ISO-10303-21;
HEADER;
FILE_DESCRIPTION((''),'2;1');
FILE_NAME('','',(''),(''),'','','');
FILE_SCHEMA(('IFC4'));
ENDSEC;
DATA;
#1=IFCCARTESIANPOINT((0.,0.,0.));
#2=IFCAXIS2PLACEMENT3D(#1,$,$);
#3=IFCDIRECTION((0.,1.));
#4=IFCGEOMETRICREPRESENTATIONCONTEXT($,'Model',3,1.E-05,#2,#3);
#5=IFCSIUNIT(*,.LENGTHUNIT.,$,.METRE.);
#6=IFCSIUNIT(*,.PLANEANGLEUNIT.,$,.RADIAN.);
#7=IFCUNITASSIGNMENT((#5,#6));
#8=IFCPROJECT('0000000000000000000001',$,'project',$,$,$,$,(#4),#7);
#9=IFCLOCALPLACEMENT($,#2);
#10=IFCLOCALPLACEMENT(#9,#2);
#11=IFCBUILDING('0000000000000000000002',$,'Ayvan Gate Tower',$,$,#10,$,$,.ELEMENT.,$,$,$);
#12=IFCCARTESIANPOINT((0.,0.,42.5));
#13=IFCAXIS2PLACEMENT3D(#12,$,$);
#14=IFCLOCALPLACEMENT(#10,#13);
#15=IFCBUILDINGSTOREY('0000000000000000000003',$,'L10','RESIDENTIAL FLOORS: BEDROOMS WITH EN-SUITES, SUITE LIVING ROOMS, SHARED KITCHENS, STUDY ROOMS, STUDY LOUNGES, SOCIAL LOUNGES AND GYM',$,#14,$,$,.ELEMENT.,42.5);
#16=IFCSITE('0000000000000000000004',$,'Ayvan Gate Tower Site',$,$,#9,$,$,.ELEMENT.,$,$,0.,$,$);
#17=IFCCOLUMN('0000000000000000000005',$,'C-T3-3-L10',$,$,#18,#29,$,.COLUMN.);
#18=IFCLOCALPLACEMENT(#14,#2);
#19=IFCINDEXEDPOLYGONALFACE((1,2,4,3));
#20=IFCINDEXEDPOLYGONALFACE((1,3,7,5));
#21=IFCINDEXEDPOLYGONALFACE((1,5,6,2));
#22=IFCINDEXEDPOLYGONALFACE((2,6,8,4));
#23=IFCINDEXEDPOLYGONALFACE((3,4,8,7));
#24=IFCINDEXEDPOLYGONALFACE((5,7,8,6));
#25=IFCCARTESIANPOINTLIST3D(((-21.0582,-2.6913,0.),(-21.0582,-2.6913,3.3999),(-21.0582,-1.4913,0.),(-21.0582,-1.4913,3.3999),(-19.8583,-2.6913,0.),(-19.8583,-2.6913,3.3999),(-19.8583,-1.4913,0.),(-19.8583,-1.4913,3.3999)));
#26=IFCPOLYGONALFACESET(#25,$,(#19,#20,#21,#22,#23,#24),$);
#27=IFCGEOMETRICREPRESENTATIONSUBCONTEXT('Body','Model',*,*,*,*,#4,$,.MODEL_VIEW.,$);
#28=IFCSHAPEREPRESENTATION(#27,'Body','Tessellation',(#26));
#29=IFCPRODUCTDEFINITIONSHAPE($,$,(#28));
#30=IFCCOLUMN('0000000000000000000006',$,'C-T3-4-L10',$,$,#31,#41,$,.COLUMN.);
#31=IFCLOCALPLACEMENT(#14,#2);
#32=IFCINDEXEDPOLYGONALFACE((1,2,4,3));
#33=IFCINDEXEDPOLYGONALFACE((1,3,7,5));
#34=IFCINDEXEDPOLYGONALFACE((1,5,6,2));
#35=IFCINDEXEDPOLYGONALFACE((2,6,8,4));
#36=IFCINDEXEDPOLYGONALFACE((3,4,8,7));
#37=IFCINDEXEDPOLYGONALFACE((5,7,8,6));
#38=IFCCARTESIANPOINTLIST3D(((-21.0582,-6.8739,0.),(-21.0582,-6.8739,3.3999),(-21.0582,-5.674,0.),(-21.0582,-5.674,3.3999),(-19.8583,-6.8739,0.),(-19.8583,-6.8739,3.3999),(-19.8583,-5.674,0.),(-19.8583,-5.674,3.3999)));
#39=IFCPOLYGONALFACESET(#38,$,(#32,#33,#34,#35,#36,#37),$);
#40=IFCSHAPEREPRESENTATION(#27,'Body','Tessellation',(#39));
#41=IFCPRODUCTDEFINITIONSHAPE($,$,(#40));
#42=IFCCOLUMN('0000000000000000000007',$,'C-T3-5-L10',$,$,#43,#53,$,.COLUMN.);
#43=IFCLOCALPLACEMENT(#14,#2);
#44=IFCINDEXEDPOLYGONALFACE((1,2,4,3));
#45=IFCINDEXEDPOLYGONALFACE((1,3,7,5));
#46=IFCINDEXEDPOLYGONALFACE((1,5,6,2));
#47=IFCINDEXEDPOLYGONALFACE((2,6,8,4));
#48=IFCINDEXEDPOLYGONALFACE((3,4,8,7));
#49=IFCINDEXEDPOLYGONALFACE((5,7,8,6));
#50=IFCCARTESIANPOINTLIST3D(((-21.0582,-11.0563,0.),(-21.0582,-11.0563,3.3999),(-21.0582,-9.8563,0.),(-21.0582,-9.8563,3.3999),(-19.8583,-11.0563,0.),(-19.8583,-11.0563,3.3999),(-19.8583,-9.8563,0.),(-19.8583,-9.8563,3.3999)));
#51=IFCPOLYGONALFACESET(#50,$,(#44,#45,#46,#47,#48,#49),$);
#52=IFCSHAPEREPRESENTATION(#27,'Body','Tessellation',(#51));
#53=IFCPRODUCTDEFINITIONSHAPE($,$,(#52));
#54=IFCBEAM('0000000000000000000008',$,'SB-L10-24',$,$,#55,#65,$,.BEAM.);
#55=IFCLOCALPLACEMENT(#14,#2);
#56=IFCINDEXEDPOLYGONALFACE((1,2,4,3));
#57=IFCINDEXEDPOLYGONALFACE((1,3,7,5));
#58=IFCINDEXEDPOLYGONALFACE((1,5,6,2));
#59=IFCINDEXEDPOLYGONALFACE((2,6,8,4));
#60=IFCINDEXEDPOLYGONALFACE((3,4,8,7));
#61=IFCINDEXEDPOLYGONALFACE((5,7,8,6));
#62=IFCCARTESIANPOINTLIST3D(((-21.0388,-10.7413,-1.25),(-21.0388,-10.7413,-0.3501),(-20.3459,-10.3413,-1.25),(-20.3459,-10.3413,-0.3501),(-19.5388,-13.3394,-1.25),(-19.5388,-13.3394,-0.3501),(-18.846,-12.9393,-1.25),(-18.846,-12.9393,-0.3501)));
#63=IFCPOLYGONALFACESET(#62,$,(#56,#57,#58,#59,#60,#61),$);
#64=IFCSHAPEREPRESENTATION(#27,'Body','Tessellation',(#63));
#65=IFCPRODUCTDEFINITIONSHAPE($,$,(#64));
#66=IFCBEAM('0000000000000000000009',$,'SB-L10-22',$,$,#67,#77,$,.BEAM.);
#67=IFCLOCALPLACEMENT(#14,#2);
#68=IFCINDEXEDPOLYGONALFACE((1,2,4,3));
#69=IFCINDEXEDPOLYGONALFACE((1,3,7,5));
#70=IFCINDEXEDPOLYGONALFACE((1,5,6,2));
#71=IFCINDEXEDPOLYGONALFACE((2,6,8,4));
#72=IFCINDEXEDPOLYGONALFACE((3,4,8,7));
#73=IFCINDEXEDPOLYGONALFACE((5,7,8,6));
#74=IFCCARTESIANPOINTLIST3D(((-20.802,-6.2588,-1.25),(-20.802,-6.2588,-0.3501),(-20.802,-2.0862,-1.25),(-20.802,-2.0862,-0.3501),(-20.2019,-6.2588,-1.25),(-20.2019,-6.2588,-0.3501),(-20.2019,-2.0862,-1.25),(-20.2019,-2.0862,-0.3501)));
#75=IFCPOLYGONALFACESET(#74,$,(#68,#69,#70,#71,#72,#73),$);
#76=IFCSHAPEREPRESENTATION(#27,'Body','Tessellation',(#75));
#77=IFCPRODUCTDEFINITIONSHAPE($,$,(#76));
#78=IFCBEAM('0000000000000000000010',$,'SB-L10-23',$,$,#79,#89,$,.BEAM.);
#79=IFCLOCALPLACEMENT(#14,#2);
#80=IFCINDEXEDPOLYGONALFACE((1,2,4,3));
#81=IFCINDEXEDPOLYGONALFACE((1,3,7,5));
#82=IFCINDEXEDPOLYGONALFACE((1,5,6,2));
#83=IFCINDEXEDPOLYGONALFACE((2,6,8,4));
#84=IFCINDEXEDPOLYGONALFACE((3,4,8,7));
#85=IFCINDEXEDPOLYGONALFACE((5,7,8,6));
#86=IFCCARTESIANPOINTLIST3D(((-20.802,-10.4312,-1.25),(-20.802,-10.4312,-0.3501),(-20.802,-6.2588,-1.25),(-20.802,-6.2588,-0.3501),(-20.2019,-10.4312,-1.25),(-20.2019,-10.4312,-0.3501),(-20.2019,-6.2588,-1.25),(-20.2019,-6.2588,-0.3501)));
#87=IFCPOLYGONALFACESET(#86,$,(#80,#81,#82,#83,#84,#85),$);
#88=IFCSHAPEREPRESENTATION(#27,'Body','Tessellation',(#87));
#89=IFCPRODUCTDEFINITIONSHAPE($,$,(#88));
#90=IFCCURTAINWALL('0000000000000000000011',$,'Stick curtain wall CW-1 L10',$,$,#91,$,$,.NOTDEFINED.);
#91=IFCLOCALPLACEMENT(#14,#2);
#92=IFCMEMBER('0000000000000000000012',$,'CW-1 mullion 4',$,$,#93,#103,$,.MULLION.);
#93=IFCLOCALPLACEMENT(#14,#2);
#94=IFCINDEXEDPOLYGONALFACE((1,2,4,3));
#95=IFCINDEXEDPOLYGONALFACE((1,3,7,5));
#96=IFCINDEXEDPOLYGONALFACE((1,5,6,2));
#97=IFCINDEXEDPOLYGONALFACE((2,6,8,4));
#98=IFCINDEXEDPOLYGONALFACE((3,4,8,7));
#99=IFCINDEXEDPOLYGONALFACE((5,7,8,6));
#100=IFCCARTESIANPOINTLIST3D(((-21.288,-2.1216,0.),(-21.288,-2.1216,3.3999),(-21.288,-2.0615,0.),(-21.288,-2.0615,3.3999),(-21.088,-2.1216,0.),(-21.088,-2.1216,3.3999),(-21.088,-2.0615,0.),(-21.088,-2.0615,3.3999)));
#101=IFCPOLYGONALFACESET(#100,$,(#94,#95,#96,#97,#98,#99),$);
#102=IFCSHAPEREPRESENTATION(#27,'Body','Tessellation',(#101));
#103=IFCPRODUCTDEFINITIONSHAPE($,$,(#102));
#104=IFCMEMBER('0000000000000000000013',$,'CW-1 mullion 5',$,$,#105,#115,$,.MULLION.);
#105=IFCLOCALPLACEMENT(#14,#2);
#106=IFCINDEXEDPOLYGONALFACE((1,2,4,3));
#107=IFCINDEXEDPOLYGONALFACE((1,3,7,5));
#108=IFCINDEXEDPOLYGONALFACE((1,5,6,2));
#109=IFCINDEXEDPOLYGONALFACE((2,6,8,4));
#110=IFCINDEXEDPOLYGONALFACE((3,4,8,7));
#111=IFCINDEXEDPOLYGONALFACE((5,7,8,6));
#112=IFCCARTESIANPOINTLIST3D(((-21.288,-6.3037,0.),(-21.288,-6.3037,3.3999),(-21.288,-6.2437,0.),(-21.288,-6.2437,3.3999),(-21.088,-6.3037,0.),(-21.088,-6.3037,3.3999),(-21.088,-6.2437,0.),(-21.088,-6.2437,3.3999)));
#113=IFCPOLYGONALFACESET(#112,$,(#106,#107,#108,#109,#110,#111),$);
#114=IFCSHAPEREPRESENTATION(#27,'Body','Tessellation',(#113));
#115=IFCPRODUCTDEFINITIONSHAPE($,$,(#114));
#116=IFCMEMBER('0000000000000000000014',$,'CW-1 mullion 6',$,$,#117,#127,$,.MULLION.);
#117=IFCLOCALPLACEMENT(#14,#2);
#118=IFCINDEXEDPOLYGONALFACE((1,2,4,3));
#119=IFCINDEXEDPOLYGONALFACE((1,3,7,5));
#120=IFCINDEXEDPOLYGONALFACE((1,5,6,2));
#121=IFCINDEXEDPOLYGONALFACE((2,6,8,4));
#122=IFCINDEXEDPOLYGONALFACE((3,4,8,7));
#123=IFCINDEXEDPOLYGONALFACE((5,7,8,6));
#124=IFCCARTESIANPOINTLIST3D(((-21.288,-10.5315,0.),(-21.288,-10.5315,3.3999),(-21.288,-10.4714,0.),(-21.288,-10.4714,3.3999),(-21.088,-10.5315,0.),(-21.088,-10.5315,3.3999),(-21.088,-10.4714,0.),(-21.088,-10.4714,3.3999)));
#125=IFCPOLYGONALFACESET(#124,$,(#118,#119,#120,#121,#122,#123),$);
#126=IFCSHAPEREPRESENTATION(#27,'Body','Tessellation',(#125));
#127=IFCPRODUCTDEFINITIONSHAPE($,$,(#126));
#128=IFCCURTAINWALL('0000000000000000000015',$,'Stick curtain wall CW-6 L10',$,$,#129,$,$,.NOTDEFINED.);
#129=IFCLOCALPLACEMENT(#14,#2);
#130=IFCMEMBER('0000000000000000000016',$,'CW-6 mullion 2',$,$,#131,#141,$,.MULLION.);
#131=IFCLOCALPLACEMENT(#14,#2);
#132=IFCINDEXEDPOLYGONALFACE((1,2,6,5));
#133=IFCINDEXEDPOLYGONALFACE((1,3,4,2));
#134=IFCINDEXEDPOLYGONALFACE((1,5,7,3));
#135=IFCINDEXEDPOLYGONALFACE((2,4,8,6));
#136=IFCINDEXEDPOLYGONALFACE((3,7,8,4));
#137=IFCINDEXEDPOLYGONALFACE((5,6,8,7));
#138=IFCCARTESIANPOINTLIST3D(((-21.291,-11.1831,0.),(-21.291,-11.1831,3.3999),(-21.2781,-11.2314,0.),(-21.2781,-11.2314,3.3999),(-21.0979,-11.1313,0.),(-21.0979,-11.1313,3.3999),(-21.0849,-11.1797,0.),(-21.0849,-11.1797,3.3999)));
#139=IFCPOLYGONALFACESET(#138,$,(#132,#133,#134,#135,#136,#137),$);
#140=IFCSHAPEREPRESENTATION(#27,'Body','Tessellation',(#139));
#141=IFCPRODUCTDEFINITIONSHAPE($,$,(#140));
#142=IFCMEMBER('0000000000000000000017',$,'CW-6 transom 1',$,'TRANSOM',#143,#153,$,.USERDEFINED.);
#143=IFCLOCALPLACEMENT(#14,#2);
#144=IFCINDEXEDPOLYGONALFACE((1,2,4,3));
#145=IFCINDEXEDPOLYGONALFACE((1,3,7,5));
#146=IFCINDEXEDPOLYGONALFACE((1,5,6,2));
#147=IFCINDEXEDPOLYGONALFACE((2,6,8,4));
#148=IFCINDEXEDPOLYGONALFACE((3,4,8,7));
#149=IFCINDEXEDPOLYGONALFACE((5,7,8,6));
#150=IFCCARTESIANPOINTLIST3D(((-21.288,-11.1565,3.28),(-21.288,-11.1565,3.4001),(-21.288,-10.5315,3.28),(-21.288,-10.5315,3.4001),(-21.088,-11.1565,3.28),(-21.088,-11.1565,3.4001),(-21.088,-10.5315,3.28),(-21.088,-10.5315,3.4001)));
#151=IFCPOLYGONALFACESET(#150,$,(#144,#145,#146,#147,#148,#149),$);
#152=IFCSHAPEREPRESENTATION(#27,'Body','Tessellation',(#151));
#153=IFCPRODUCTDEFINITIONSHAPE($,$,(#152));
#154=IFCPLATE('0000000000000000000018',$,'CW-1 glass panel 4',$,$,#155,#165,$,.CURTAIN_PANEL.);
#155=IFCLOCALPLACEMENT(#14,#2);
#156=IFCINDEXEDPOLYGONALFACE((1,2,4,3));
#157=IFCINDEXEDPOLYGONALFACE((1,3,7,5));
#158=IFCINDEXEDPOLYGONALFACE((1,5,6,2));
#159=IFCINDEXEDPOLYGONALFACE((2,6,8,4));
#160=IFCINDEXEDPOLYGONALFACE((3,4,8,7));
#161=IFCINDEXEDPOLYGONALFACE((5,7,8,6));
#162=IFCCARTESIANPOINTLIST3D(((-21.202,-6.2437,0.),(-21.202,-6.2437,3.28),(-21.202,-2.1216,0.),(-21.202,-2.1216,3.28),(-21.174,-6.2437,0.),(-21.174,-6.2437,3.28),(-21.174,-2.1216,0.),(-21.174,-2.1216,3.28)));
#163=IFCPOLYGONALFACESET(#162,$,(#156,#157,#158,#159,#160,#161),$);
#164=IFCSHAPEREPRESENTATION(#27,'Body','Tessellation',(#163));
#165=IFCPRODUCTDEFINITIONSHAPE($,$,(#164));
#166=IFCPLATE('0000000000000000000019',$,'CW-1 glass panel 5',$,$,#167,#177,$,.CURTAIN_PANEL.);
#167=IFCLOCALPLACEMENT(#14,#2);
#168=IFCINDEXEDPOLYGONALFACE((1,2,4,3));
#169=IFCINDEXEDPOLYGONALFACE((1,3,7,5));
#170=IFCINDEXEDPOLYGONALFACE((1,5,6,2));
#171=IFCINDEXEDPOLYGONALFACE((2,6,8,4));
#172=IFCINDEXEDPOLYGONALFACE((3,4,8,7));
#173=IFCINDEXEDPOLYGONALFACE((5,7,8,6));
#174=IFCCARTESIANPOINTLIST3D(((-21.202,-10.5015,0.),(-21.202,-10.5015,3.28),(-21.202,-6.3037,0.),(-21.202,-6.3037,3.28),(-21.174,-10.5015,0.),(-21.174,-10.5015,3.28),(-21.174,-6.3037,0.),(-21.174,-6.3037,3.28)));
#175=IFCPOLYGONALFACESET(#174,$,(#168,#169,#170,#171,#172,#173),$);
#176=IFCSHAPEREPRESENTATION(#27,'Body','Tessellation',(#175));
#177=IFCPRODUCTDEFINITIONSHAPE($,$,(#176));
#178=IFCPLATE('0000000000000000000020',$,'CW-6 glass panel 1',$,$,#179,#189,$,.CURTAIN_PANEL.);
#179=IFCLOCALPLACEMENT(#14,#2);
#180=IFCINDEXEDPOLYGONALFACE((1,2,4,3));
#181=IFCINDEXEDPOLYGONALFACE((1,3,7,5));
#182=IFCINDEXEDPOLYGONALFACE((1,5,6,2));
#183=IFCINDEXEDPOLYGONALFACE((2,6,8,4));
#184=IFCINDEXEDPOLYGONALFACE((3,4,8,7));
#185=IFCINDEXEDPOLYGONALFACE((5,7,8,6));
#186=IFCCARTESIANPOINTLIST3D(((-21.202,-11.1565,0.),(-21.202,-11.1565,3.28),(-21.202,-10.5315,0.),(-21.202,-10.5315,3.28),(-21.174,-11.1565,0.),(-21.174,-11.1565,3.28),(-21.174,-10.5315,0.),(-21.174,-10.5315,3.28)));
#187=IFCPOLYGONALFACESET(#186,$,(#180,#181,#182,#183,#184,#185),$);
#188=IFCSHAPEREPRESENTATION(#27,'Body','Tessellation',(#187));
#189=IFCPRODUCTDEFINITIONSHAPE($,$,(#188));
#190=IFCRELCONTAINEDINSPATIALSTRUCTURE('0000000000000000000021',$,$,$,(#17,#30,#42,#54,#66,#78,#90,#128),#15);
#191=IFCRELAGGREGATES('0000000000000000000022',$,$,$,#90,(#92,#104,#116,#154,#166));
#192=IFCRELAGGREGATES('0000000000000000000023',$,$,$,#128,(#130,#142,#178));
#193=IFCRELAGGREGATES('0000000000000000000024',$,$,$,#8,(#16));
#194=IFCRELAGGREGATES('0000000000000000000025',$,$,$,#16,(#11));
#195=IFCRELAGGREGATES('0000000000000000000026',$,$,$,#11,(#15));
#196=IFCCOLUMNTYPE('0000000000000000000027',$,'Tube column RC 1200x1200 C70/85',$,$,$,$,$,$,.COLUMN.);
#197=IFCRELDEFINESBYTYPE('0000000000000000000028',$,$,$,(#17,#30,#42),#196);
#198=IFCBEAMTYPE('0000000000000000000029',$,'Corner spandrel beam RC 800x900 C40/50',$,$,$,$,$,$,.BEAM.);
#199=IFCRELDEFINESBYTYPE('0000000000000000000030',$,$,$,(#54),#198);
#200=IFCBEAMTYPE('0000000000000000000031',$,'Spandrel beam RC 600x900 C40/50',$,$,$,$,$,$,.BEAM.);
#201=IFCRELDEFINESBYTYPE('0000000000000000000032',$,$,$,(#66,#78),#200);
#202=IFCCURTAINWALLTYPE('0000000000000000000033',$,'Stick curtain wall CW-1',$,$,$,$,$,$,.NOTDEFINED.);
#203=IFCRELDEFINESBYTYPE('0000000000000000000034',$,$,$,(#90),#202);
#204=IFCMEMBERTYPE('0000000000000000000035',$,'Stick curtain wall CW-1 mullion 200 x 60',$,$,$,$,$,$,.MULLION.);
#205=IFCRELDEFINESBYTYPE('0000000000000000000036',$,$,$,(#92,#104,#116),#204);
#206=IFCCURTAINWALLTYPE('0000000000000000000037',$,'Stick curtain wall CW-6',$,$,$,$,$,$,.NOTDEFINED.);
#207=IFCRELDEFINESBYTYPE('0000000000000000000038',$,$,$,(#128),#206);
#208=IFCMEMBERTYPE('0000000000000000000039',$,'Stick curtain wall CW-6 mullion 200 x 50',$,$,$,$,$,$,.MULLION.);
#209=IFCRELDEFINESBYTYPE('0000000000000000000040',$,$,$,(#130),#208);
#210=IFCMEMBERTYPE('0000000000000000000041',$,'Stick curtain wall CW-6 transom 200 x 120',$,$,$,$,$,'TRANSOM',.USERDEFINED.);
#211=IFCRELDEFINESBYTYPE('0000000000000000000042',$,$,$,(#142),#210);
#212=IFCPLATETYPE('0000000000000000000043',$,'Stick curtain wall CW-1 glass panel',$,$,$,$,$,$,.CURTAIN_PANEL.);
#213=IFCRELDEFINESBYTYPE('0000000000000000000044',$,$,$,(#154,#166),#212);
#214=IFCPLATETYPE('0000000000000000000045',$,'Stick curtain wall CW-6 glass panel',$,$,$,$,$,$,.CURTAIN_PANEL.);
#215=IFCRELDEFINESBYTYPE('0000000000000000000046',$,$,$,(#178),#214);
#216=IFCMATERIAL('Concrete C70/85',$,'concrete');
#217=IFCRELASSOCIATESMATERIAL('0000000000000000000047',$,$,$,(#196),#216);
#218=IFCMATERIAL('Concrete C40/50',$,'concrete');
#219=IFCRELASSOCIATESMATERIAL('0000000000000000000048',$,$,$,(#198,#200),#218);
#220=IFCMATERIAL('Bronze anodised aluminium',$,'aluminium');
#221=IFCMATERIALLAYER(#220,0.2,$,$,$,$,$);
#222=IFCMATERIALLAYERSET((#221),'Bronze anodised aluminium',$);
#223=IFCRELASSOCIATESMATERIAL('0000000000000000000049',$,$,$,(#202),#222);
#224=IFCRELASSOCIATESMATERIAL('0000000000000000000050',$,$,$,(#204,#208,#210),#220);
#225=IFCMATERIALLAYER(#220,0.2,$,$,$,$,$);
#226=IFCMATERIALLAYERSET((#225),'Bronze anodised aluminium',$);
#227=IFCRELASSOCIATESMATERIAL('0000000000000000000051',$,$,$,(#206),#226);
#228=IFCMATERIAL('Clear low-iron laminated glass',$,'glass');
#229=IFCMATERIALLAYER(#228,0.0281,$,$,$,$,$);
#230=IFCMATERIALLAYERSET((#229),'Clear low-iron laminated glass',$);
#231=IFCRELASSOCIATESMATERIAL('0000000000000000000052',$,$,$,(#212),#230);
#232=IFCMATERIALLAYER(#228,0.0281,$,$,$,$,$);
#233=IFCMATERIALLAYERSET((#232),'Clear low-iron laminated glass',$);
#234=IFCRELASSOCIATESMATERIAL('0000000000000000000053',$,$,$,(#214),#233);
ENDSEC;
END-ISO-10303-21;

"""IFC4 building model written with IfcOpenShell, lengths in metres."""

from ifc_helpers import new_model, si_unit, direction, frame, origin, origin_2d, place, context, subcontext, project, spatial, rectangle, extrude, material, layer, layer_set, material_profile, profile_set, type_object, element, aggregate, save


model = new_model("IFC4")

# Units and contexts
model_context = context("Model", 3, precision=1e-05, world=origin(), true_north=direction((0.0, 1.0)))
body_context = subcontext(model_context, "Body", "Model", "MODEL_VIEW")
ifc_project = project(units=[si_unit("LENGTHUNIT", "METRE"), si_unit("PLANEANGLEUNIT", "RADIAN")], contexts=[model_context])

# Site, building, storey
site_placement = place(None, origin())
site = spatial("IfcSite", under=ifc_project, at=site_placement, Name="Ayvan Gate Tower Site", CompositionType="ELEMENT", RefElevation=0.0)
building_placement = place(site_placement, origin())
building = spatial("IfcBuilding", under=site, at=building_placement, Name="Ayvan Gate Tower", CompositionType="ELEMENT")
storey_placement = place(building_placement, frame((0.0, 0.0, 42.5)))
storey = spatial("IfcBuildingStorey", under=building, at=storey_placement, Name="L10", Description="RESIDENTIAL FLOORS: BEDROOMS WITH EN-SUITES, SUITE LIVING ROOMS, SHARED KITCHENS, STUDY ROOMS, STUDY LOUNGES, SOCIAL LOUNGES AND GYM", CompositionType="ELEMENT", Elevation=42.5)

# Columns
ifc_material_1 = material(Name="Concrete C70/85", Category="concrete")
ifc_material_profile_1 = material_profile(ifc_material_1, rectangle(XDim=1.2, YDim=1.2, at=origin_2d()), Name="RC 1200x1200")
ifc_profile_set_1 = profile_set([ifc_material_profile_1], Name="Concrete C70/85")
column_type = type_object("IfcColumnType", Name="Tube column RC 1200x1200 C70/85", PredefinedType="COLUMN", material=ifc_profile_set_1)
for number, where, z_axis, x_axis, name in (
    (1, (-20.4583, -2.0913, 0.0), (0.0, 0.0, 1.0), (-1.0, 0.0, 0.0), "C-T3-3-L10"),
    (2, (-20.4583, -6.2739, 0.0), (0.0, 0.0, 1.0), (-1.0, 0.0, 0.0), "C-T3-4-L10"),
    (3, (-20.4583, -10.4563, 0.0), (0.0, 0.0, 1.0), (-1.0, 0.0, 0.0), "C-T3-5-L10"),
):
    element("IfcColumn", number, at=place(storey_placement, frame(where, z_axis=z_axis, x_axis=x_axis)), inside=storey, type_object=column_type, Name=name, PredefinedType="COLUMN", context=body_context, shape_type="SweptSolid", body=[
        extrude(rectangle(XDim=1.2, YDim=1.2, at=origin_2d()), origin(), (0.0, 0.0, 1.0), 3.3999),
    ])

# Beams
ifc_material_2 = material(Name="Concrete C40/50", Category="concrete")
ifc_material_profile_2 = material_profile(ifc_material_2, rectangle(XDim=0.8, YDim=0.8999, at=origin_2d()), Name="RC 800x900")
ifc_profile_set_2 = profile_set([ifc_material_profile_2], Name="Concrete C40/50")
beam_type_1 = type_object("IfcBeamType", Name="Corner spandrel beam RC 800x900 C40/50", PredefinedType="BEAM", material=ifc_profile_set_2)
beam_1_placement = place(storey_placement, frame((-20.6924, -10.5413, -0.8), z_axis=(0.49999, -0.866031, 0.0), x_axis=(0.866031, 0.49999, 0.0)))
element("IfcBeam", 4, at=beam_1_placement, inside=storey, type_object=beam_type_1, Name="SB-L10-24", PredefinedType="BEAM", context=body_context, shape_type="SweptSolid", body=[
    extrude(rectangle(XDim=0.8, YDim=0.8999, at=origin_2d()), origin(), (0.0, 0.0, 1.0), 3.0),
])
ifc_material_profile_3 = material_profile(ifc_material_2, rectangle(XDim=0.6001, YDim=0.8999, at=origin_2d()), Name="RC 600x900")
ifc_profile_set_3 = profile_set([ifc_material_profile_3], Name="Concrete C40/50")
beam_type_2 = type_object("IfcBeamType", Name="Spandrel beam RC 600x900 C40/50", PredefinedType="BEAM", material=ifc_profile_set_3)
beam_2_placement = place(storey_placement, frame((-20.502, -2.0862, -0.8), z_axis=(0.0, -1.0, 0.0), x_axis=(1.0, 0.0, 0.0)))
element("IfcBeam", 5, at=beam_2_placement, inside=storey, type_object=beam_type_2, Name="SB-L10-22", PredefinedType="BEAM", context=body_context, shape_type="SweptSolid", body=[
    extrude(rectangle(XDim=0.6001, YDim=0.8999, at=origin_2d()), origin(), (0.0, 0.0, 1.0), 4.1726),
])
beam_3_placement = place(storey_placement, frame((-20.502, -6.2588, -0.8), z_axis=(0.0, -1.0, 0.0), x_axis=(1.0, 0.0, 0.0)))
element("IfcBeam", 6, at=beam_3_placement, inside=storey, type_object=beam_type_2, Name="SB-L10-23", PredefinedType="BEAM", context=body_context, shape_type="SweptSolid", body=[
    extrude(rectangle(XDim=0.6001, YDim=0.8999, at=origin_2d()), origin(), (0.0, 0.0, 1.0), 4.1724),
])

# Curtain walls, members
ifc_material_3 = material(Name="Bronze anodised aluminium", Category="aluminium")
ifc_layer_1 = layer(ifc_material_3, 0.2)
ifc_layer_set_1 = layer_set([ifc_layer_1], Name="Bronze anodised aluminium")
curtain_wall_type_1 = type_object("IfcCurtainWallType", Name="Stick curtain wall CW-1", PredefinedType="NOTDEFINED", material=ifc_layer_set_1)
curtain_wall_1_placement = place(storey_placement, origin())
curtain_wall_1 = element("IfcCurtainWall", 7, at=curtain_wall_1_placement, inside=storey, type_object=curtain_wall_type_1, Name="Stick curtain wall CW-1 L10", PredefinedType="NOTDEFINED")
ifc_material_profile_4 = material_profile(ifc_material_3, rectangle(XDim=0.2, YDim=0.0601, at=origin_2d()), Name="Stick curtain wall CW-1 mullion 200 x 60")
ifc_profile_set_4 = profile_set([ifc_material_profile_4], Name="Bronze anodised aluminium")
member_type_1 = type_object("IfcMemberType", Name="Stick curtain wall CW-1 mullion 200 x 60", PredefinedType="MULLION", material=ifc_profile_set_4)
member_1_placement = place(storey_placement, frame((-21.188, -2.0916, 0.0), z_axis=(0.0, 0.0, 1.0), x_axis=(-1.0, 0.0, 0.0)))
member_1 = element("IfcMember", 8, at=member_1_placement, type_object=member_type_1, Name="CW-1 mullion 4", PredefinedType="MULLION", context=body_context, shape_type="SweptSolid", body=[
    extrude(rectangle(XDim=0.2, YDim=0.0601, at=origin_2d()), origin(), (0.0, 0.0, 1.0), 3.3999),
])
member_2_placement = place(storey_placement, frame((-21.188, -6.2737, 0.0), z_axis=(0.0, 0.0, 1.0), x_axis=(-1.0, 0.0, 0.0)))
member_2 = element("IfcMember", 9, at=member_2_placement, type_object=member_type_1, Name="CW-1 mullion 5", PredefinedType="MULLION", context=body_context, shape_type="SweptSolid", body=[
    extrude(rectangle(XDim=0.2, YDim=0.0601, at=origin_2d()), origin(), (0.0, 0.0, 1.0), 3.3999),
])
member_3_placement = place(storey_placement, frame((-21.188, -10.5015, 0.0), z_axis=(0.0, 0.0, 1.0), x_axis=(-1.0, 0.0, 0.0)))
member_3 = element("IfcMember", 10, at=member_3_placement, type_object=member_type_1, Name="CW-1 mullion 6", PredefinedType="MULLION", context=body_context, shape_type="SweptSolid", body=[
    extrude(rectangle(XDim=0.2, YDim=0.0601, at=origin_2d()), origin(), (0.0, 0.0, 1.0), 3.3999),
])
ifc_layer_2 = layer(ifc_material_3, 0.2)
ifc_layer_set_2 = layer_set([ifc_layer_2], Name="Bronze anodised aluminium")
curtain_wall_type_2 = type_object("IfcCurtainWallType", Name="Stick curtain wall CW-6", PredefinedType="NOTDEFINED", material=ifc_layer_set_2)
curtain_wall_2_placement = place(storey_placement, origin())
curtain_wall_2 = element("IfcCurtainWall", 11, at=curtain_wall_2_placement, inside=storey, type_object=curtain_wall_type_2, Name="Stick curtain wall CW-6 L10", PredefinedType="NOTDEFINED")
ifc_material_profile_5 = material_profile(ifc_material_3, rectangle(XDim=0.2, YDim=0.05, at=origin_2d()), Name="Stick curtain wall CW-6 mullion 200 x 50")
ifc_profile_set_5 = profile_set([ifc_material_profile_5], Name="Bronze anodised aluminium")
member_type_2 = type_object("IfcMemberType", Name="Stick curtain wall CW-6 mullion 200 x 50", PredefinedType="MULLION", material=ifc_profile_set_5)
member_4_placement = place(storey_placement, frame((-21.188, -11.1814, 0.0), z_axis=(0.0, 0.0, 1.0), x_axis=(-0.965926, -0.258819, 0.0)))
member_4 = element("IfcMember", 12, at=member_4_placement, type_object=member_type_2, Name="CW-6 mullion 2", PredefinedType="MULLION", context=body_context, shape_type="SweptSolid", body=[
    extrude(rectangle(XDim=0.2, YDim=0.05, at=origin_2d()), origin(), (0.0, 0.0, 1.0), 3.3999),
])
ifc_material_profile_6 = material_profile(ifc_material_3, rectangle(XDim=0.2, YDim=0.1201, at=origin_2d()), Name="Stick curtain wall CW-6 transom 200 x 120")
ifc_profile_set_6 = profile_set([ifc_material_profile_6], Name="Bronze anodised aluminium")
member_type_3 = type_object("IfcMemberType", Name="Stick curtain wall CW-6 transom 200 x 120", ElementType="TRANSOM", PredefinedType="USERDEFINED", material=ifc_profile_set_6)
member_5_placement = place(storey_placement, frame((-21.188, -10.5315, 3.3401), z_axis=(0.0, -1.0, 0.0), x_axis=(1.0, 0.0, 0.0)))
member_5 = element("IfcMember", 13, at=member_5_placement, type_object=member_type_3, Name="CW-6 transom 1", ObjectType="TRANSOM", PredefinedType="USERDEFINED", context=body_context, shape_type="SweptSolid", body=[
    extrude(rectangle(XDim=0.2, YDim=0.1201, at=origin_2d()), origin(), (0.0, 0.0, 1.0), 0.625),
])

# Plates
ifc_material_4 = material(Name="Clear low-iron laminated glass", Category="glass")
ifc_layer_3 = layer(ifc_material_4, 0.0281)
ifc_layer_set_3 = layer_set([ifc_layer_3], Name="Clear low-iron laminated glass")
plate_type_1 = type_object("IfcPlateType", Name="Stick curtain wall CW-1 glass panel", PredefinedType="CURTAIN_PANEL", material=ifc_layer_set_3)
plate_1_placement = place(storey_placement, frame((-21.188, -4.1826, 0.0), z_axis=(0.0, 0.0, 1.0), x_axis=(0.0, -1.0, 0.0)))
plate_1 = element("IfcPlate", 14, at=plate_1_placement, type_object=plate_type_1, Name="CW-1 glass panel 4", PredefinedType="CURTAIN_PANEL", context=body_context, shape_type="SweptSolid", body=[
    extrude(rectangle(XDim=4.1221, YDim=0.0281, at=origin_2d()), origin(), (0.0, 0.0, 1.0), 3.28),
])
plate_2_placement = place(storey_placement, frame((-21.188, -8.4026, 0.0), z_axis=(0.0, 0.0, 1.0), x_axis=(0.0, -1.0, 0.0)))
plate_2 = element("IfcPlate", 15, at=plate_2_placement, type_object=plate_type_1, Name="CW-1 glass panel 5", PredefinedType="CURTAIN_PANEL", context=body_context, shape_type="SweptSolid", body=[
    extrude(rectangle(XDim=4.1978, YDim=0.0281, at=origin_2d()), origin(), (0.0, 0.0, 1.0), 3.28),
])
aggregate(curtain_wall_1, [member_1, member_2, member_3, plate_1, plate_2])
ifc_layer_4 = layer(ifc_material_4, 0.0281)
ifc_layer_set_4 = layer_set([ifc_layer_4], Name="Clear low-iron laminated glass")
plate_type_2 = type_object("IfcPlateType", Name="Stick curtain wall CW-6 glass panel", PredefinedType="CURTAIN_PANEL", material=ifc_layer_set_4)
plate_3_placement = place(storey_placement, frame((-21.188, -10.844, 0.0), z_axis=(0.0, 0.0, 1.0), x_axis=(0.0, -1.0, 0.0)))
plate_3 = element("IfcPlate", 16, at=plate_3_placement, type_object=plate_type_2, Name="CW-6 glass panel 1", PredefinedType="CURTAIN_PANEL", context=body_context, shape_type="SweptSolid", body=[
    extrude(rectangle(XDim=0.625, YDim=0.0281, at=origin_2d()), origin(), (0.0, 0.0, 1.0), 3.28),
])
aggregate(curtain_wall_2, [member_4, member_5, plate_3])

save(model, "model.ifc")
